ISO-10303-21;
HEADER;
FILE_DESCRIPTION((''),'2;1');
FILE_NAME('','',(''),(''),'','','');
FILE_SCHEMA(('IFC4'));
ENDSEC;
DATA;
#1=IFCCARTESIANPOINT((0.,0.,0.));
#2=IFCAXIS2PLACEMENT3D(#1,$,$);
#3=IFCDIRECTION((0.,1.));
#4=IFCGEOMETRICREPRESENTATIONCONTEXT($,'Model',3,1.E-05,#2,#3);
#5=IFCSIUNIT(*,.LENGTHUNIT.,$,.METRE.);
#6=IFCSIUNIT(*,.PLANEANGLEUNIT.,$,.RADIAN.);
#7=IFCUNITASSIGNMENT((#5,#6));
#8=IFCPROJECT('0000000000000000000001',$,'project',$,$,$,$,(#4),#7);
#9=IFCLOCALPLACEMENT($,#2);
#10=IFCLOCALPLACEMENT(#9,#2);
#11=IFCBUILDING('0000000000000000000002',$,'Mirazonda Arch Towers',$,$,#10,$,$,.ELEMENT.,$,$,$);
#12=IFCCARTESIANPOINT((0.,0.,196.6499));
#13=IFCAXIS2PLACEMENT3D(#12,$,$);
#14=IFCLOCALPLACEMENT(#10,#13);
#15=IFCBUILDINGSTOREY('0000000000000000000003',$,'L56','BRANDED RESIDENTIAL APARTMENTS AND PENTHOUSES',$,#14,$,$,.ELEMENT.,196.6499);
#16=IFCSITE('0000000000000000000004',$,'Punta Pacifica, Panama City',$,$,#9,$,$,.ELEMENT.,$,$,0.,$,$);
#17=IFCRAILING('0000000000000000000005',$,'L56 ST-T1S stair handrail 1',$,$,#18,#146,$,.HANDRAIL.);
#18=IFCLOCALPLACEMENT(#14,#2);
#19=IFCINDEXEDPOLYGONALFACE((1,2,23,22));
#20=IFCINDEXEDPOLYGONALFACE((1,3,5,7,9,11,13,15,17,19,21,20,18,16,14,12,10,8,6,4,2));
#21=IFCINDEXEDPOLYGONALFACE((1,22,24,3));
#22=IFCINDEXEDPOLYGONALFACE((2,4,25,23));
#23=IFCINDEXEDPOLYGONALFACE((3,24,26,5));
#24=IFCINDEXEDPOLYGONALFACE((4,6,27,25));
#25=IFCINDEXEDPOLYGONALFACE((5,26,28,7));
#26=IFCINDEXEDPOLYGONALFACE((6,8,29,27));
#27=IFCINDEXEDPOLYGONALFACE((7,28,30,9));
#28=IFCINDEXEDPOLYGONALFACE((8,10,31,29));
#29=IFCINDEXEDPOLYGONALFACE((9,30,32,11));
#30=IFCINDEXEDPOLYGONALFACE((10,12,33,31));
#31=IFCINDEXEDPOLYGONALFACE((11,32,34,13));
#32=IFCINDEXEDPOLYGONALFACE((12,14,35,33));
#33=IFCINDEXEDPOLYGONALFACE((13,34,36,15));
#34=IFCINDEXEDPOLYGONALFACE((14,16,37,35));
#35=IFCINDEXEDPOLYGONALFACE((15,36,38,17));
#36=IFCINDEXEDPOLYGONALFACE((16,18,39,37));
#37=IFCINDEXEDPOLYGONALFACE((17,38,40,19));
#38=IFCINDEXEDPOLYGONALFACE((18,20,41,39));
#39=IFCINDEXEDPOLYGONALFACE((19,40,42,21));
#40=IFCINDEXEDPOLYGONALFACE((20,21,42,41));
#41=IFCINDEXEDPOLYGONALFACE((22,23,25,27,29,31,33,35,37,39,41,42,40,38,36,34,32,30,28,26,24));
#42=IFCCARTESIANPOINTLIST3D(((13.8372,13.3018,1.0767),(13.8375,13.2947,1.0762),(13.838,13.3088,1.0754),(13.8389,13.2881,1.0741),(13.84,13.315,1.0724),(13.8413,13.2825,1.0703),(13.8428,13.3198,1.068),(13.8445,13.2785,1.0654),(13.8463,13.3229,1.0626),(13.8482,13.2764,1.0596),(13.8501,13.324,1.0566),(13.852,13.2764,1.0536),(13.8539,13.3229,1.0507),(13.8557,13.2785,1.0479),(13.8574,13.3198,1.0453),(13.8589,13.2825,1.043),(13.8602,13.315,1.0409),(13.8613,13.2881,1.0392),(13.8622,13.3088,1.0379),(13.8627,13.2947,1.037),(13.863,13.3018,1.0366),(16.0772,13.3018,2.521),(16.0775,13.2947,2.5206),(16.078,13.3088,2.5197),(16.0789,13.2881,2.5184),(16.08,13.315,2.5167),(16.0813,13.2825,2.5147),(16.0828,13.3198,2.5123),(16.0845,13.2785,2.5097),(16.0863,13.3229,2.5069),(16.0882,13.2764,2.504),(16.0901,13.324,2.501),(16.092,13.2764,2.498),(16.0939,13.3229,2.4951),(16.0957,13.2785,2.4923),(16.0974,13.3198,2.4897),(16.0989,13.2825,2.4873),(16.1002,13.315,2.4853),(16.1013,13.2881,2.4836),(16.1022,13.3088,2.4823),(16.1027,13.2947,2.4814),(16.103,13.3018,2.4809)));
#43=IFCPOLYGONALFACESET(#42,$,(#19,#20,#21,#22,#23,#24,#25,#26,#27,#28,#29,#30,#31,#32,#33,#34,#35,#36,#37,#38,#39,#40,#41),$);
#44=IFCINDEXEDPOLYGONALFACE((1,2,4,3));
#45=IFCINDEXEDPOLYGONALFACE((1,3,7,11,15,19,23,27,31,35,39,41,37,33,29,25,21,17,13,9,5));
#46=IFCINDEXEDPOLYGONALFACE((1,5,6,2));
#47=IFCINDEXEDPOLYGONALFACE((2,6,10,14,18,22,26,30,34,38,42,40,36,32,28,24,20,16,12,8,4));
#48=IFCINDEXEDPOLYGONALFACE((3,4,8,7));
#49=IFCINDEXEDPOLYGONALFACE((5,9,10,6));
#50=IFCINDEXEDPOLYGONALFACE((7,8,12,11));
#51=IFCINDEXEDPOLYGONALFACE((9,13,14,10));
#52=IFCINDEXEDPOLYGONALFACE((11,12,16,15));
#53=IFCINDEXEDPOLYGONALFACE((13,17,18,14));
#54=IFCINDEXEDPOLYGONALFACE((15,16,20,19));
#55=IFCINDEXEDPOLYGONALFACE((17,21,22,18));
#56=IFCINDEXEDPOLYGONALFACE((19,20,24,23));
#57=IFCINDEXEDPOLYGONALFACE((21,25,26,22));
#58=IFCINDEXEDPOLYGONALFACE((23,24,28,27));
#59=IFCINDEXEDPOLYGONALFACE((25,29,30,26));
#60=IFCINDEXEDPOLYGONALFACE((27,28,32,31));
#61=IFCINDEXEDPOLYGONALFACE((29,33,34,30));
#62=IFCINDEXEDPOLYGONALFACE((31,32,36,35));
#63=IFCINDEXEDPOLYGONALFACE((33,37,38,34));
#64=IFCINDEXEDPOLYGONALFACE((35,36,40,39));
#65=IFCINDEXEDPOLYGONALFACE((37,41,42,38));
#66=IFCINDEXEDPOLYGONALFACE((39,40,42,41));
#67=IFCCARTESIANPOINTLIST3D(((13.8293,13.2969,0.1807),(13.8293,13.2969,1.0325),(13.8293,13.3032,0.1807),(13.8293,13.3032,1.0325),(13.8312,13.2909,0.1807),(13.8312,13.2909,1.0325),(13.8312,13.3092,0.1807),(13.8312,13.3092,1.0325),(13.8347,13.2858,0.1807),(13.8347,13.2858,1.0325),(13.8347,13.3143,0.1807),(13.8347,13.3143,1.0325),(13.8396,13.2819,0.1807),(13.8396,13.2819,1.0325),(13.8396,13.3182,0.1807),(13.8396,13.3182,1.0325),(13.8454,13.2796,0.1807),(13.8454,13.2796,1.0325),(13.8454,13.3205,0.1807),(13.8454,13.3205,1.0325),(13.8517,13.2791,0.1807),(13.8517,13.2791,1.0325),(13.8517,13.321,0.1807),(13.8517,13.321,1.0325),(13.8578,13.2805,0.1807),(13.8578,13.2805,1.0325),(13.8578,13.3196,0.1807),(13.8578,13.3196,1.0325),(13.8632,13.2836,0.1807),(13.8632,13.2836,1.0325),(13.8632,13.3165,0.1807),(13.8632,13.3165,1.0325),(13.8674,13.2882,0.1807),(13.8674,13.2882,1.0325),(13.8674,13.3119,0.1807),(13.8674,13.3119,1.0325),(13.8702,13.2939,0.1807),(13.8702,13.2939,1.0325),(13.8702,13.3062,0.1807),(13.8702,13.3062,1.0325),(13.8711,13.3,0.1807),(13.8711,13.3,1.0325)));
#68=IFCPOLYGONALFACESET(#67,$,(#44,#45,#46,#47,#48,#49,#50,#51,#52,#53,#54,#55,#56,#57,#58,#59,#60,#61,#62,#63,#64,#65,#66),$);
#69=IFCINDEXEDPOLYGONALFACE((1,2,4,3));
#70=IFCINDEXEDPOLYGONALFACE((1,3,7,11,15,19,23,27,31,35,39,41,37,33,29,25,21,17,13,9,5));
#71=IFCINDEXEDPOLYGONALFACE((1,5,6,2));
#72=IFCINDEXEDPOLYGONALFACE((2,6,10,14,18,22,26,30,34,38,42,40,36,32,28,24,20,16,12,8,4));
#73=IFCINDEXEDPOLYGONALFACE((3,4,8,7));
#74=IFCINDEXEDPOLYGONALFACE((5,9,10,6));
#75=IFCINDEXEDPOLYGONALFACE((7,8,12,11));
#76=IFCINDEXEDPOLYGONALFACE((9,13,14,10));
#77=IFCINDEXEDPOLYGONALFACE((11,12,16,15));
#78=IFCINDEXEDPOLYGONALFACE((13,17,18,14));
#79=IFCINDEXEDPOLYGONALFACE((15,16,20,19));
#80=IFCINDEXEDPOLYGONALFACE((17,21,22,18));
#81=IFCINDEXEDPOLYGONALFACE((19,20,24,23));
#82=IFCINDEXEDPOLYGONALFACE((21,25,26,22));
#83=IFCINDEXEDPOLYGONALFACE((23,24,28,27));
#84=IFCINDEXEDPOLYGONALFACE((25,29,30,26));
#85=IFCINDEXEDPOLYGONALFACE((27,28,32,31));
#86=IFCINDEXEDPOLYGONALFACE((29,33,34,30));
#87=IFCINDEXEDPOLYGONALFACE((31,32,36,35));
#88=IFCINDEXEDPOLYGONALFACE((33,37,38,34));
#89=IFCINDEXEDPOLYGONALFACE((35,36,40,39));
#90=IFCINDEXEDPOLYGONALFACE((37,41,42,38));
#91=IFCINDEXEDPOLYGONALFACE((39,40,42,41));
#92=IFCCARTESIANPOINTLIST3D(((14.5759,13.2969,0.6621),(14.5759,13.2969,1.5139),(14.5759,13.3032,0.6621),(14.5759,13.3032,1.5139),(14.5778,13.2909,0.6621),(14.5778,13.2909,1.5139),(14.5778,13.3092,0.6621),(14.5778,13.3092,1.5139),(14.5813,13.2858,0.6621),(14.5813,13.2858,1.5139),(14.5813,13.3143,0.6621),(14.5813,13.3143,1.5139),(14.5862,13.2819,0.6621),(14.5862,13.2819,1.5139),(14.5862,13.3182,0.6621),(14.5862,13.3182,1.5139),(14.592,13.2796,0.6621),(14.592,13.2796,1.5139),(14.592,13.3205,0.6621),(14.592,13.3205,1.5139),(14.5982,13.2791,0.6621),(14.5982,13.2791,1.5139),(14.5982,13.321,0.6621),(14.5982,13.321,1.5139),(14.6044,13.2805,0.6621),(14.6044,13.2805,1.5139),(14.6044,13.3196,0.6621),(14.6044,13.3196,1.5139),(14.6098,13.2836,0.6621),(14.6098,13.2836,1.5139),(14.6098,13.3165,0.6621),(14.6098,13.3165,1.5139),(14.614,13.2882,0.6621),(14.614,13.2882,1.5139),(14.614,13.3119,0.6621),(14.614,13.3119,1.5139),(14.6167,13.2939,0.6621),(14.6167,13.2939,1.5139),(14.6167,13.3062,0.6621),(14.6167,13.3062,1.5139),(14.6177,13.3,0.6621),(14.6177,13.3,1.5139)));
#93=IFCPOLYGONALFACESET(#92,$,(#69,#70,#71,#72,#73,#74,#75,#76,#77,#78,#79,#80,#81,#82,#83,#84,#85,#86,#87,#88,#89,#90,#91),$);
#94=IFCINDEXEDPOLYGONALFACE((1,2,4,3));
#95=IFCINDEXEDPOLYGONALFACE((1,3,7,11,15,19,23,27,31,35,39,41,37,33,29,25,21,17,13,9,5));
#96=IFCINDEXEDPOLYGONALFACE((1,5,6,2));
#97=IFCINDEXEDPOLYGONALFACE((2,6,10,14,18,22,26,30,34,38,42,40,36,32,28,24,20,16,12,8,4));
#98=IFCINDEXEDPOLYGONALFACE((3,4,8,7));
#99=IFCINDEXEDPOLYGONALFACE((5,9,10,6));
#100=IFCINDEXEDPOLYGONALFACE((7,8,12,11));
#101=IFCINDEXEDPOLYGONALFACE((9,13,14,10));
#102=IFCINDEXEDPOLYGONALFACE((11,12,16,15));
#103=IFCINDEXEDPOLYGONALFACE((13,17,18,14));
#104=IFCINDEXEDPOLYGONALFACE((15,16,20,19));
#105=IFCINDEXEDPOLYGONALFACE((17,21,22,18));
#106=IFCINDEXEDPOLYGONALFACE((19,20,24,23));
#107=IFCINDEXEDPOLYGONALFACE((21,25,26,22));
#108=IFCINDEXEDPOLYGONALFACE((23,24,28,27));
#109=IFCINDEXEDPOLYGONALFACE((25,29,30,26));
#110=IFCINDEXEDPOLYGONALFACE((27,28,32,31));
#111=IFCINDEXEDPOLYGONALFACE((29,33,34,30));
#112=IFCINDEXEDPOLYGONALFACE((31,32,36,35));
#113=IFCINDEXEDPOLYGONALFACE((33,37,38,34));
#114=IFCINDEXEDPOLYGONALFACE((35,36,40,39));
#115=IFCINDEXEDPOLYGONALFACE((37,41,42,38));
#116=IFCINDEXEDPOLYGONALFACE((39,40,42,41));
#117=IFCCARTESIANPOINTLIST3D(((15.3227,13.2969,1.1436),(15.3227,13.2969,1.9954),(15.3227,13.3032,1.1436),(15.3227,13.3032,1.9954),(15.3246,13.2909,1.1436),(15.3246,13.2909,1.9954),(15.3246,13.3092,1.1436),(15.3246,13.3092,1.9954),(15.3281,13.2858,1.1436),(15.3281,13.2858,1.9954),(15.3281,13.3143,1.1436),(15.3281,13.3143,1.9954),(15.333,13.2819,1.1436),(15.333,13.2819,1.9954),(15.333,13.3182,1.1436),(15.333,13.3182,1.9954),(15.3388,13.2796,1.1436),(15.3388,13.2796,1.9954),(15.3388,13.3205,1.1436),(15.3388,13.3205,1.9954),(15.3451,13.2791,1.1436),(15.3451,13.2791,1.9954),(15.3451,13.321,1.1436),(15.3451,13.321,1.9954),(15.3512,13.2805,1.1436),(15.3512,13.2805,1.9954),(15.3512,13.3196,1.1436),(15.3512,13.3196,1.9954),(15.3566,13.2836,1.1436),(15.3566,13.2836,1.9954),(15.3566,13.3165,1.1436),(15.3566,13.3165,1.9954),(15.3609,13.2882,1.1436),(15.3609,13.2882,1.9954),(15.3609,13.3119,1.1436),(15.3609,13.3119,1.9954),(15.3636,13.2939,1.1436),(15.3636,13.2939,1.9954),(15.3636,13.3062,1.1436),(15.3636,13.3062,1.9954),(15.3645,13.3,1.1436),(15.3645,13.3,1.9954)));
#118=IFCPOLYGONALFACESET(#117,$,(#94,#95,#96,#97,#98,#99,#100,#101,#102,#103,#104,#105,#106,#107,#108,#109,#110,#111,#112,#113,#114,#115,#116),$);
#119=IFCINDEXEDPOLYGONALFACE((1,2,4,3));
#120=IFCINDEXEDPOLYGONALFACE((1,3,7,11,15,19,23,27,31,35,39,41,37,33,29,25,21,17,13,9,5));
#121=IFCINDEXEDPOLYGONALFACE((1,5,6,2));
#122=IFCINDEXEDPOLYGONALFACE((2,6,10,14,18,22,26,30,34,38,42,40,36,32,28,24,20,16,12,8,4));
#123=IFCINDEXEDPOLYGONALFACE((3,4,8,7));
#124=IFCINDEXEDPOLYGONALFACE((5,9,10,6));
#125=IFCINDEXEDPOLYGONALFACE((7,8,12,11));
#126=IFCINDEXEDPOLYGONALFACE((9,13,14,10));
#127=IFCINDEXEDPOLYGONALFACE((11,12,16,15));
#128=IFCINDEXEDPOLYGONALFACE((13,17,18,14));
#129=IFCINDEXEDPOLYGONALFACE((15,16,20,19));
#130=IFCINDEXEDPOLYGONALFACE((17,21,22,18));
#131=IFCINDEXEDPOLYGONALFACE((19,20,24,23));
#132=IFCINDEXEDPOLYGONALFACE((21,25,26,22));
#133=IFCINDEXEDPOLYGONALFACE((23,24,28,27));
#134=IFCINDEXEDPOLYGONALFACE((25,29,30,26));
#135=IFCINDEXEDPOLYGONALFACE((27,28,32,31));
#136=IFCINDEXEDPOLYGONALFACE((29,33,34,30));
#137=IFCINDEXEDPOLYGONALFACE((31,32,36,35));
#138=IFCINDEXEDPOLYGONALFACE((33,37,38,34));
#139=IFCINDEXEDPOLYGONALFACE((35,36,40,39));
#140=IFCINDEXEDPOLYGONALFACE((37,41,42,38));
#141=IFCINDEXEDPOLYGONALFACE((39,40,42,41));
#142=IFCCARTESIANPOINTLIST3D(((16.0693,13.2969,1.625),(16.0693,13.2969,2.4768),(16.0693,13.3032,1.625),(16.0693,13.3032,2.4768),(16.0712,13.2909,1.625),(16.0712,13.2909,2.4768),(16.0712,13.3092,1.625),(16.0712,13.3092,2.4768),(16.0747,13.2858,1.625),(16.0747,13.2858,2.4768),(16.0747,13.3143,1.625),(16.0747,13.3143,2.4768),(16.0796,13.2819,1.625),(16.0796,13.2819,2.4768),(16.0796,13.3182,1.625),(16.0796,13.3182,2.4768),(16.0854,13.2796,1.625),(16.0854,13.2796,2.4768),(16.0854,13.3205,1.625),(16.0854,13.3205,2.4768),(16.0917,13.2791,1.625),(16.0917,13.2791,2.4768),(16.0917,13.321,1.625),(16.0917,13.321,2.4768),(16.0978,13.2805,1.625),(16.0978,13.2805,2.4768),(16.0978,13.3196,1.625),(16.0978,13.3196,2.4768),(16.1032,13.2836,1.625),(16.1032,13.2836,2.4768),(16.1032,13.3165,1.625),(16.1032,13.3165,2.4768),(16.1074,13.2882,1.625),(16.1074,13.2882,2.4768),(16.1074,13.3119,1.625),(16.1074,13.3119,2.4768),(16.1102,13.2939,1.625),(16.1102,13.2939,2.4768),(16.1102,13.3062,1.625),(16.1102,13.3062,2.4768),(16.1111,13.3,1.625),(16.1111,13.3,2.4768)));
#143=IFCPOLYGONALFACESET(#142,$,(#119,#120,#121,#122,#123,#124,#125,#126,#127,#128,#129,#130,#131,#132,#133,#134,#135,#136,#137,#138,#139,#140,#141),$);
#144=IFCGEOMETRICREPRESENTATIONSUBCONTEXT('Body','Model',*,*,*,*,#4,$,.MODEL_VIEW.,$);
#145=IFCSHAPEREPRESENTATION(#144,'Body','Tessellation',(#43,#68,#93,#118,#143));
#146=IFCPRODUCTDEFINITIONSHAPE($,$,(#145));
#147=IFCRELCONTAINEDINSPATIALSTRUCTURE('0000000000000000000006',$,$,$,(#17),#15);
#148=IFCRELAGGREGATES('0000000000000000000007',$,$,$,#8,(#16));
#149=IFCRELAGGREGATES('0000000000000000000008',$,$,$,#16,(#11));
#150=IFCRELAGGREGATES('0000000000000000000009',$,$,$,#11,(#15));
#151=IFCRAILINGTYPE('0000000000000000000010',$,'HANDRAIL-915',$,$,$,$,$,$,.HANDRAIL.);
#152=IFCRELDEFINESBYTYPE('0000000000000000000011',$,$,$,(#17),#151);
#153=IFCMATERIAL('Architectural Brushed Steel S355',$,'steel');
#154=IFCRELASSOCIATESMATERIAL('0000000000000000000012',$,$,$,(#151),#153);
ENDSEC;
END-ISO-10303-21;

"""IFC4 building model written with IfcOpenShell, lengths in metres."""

from ifc_helpers import new_model, si_unit, direction, frame, origin, origin_2d, place, context, subcontext, project, spatial, circle, extrude, material, type_object, element, save


model = new_model("IFC4")

# Units and contexts
model_context = context("Model", 3, precision=1e-05, world=origin(), true_north=direction((0.0, 1.0)))
body_context = subcontext(model_context, "Body", "Model", "MODEL_VIEW")
ifc_project = project(units=[si_unit("LENGTHUNIT", "METRE"), si_unit("PLANEANGLEUNIT", "RADIAN")], contexts=[model_context])

# Site, building, storey
site_placement = place(None, origin())
site = spatial("IfcSite", under=ifc_project, at=site_placement, Name="Punta Pacifica, Panama City", CompositionType="ELEMENT", RefElevation=0.0)
building_placement = place(site_placement, origin())
building = spatial("IfcBuilding", under=site, at=building_placement, Name="Mirazonda Arch Towers", CompositionType="ELEMENT")
storey_placement = place(building_placement, frame((0.0, 0.0, 196.6499)))
storey = spatial("IfcBuildingStorey", under=building, at=storey_placement, Name="L56", Description="BRANDED RESIDENTIAL APARTMENTS AND PENTHOUSES", CompositionType="ELEMENT", Elevation=196.6499)

# Shared definitions
ifc_material_1 = material(Name="Architectural Brushed Steel S355", Category="steel")

# Railing
railing_type_1 = type_object("IfcRailingType", Name="HANDRAIL-915", PredefinedType="HANDRAIL", material=ifc_material_1)
railing_1_placement = place(storey_placement, frame((13.8501, 13.3, 0.1807)))
element("IfcRailing", 1, at=railing_1_placement, inside=storey, type_object=railing_type_1, Name="L56 ST-T1S stair handrail 1", PredefinedType="HANDRAIL", context=body_context, shape_type="SweptSolid", body=[
    extrude(circle(Radius=0.0239, at=origin_2d()), frame((0.0, 0.0, 0.876), z_axis=(0.840437, 0.0, 0.54191), x_axis=(0.0, 1.0, 0.0)), (0.0, 0.0, 1.0), 2.6653),
    extrude(circle(Radius=0.021, at=origin_2d()), origin(), (0.0, 0.0, 1.0), 0.8518),
    extrude(circle(Radius=0.021, at=origin_2d()), frame((0.7466, 0.0, 0.4814)), (0.0, 0.0, 1.0), 0.8518),
    extrude(circle(Radius=0.021, at=origin_2d()), frame((1.4934, 0.0, 0.9629)), (0.0, 0.0, 1.0), 0.8518),
    extrude(circle(Radius=0.021, at=origin_2d()), frame((2.24, 0.0, 1.4443)), (0.0, 0.0, 1.0), 0.8518),
])

save(model, "model.ifc")
